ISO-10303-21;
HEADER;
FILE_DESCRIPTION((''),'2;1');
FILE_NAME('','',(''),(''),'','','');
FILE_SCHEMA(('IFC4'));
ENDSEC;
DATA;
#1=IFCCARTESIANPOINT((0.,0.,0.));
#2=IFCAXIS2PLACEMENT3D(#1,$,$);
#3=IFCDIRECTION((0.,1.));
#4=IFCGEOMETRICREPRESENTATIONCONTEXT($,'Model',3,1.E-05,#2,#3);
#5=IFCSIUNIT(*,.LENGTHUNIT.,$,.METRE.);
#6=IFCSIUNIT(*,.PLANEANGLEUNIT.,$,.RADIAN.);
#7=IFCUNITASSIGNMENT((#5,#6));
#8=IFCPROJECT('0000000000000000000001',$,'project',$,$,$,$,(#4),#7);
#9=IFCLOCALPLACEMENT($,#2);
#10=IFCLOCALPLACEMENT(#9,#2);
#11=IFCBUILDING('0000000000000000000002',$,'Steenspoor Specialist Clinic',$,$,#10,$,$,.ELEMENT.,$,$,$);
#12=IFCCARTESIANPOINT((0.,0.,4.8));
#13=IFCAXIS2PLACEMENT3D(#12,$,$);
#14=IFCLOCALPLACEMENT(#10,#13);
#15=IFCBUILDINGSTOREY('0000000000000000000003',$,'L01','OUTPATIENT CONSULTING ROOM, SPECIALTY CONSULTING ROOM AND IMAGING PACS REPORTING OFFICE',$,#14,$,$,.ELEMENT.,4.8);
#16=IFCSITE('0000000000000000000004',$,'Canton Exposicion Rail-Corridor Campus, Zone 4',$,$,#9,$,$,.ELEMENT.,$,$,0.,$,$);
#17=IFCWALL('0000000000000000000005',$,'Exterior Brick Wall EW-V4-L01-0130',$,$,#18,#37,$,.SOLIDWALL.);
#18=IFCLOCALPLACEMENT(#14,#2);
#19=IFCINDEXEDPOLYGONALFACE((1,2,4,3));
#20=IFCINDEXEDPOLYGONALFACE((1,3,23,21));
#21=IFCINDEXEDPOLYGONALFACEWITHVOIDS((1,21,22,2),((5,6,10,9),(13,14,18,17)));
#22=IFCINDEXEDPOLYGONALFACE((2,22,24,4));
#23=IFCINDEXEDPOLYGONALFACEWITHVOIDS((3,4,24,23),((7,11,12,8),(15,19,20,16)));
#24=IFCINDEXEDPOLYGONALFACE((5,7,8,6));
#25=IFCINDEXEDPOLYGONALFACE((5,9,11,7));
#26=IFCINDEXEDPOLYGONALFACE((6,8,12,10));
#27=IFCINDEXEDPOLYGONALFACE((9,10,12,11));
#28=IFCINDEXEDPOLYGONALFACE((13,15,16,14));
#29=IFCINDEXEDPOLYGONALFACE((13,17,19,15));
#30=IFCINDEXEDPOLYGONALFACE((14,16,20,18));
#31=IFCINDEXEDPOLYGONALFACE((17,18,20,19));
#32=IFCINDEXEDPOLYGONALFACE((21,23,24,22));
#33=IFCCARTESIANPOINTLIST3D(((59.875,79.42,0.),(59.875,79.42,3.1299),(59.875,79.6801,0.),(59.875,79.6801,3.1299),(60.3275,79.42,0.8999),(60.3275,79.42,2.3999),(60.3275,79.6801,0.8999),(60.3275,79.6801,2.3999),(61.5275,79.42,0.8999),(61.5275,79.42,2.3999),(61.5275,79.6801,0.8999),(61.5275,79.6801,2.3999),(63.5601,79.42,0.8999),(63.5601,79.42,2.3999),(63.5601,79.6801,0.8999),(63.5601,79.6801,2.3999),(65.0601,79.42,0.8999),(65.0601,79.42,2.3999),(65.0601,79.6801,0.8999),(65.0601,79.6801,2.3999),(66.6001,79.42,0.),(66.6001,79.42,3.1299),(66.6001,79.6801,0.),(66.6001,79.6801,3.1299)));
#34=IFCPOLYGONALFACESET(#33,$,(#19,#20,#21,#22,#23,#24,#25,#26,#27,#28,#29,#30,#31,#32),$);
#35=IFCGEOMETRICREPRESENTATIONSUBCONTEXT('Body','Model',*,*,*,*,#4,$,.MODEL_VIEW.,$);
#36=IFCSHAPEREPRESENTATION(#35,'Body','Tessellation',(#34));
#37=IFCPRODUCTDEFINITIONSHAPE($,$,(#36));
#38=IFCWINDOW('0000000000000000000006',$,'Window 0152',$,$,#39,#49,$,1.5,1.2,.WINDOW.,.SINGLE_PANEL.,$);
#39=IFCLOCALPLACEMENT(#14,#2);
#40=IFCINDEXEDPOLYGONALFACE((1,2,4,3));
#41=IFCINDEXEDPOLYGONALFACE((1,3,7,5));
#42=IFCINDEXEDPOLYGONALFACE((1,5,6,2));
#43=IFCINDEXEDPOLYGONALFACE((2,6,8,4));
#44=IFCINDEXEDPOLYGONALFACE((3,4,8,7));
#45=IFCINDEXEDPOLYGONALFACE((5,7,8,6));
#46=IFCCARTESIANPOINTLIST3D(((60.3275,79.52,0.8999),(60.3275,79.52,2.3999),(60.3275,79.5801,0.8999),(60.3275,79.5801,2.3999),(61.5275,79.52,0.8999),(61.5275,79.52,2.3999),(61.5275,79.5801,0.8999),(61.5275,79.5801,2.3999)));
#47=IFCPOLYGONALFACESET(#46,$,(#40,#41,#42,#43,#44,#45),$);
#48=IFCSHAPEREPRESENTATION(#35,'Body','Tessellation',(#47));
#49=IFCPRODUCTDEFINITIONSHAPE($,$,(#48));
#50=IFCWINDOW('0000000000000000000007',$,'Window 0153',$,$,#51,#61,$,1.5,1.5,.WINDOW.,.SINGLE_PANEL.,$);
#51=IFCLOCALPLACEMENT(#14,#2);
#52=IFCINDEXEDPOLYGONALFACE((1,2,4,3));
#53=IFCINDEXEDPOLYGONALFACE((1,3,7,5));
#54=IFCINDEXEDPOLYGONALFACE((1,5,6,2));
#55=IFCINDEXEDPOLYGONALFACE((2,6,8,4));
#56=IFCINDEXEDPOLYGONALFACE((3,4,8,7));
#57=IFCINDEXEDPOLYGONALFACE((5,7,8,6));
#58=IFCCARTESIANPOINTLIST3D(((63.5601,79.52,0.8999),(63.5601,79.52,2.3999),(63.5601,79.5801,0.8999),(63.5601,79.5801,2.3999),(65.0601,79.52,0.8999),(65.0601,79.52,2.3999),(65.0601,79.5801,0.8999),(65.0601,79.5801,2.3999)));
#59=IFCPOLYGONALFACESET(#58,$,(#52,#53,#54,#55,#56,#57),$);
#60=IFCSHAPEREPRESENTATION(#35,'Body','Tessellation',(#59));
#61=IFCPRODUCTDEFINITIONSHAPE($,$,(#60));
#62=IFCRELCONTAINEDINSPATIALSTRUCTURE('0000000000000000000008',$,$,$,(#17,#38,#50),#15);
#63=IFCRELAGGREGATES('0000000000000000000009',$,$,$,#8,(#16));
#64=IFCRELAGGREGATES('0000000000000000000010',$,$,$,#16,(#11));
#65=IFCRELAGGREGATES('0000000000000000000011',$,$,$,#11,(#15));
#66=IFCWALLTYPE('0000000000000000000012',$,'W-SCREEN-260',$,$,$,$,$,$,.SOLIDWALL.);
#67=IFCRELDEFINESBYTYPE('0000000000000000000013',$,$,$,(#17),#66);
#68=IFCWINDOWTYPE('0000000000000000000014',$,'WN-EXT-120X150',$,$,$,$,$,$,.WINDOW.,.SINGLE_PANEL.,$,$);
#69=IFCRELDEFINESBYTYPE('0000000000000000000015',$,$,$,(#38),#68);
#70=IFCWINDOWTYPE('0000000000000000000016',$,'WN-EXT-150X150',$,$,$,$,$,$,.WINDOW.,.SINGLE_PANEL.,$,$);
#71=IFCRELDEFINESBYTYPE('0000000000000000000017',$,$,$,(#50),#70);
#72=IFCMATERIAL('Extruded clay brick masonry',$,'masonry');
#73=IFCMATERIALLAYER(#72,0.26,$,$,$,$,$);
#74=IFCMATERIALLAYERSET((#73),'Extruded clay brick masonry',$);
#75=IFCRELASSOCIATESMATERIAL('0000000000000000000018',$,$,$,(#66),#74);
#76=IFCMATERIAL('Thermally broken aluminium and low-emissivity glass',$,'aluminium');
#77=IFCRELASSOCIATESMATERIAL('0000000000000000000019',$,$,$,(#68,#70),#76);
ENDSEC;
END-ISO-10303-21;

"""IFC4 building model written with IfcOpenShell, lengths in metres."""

from ifc_helpers import new_model, si_unit, direction, frame, frame_2d, origin, place, context, subcontext, project, spatial, rectangle, extrude, material, layer, layer_set, type_object, element, fill, save


model = new_model("IFC4")

# Units and contexts
model_context = context("Model", 3, precision=1e-05, world=origin(), true_north=direction((0.0, 1.0)))
body_context = subcontext(model_context, "Body", "Model", "MODEL_VIEW")
ifc_project = project(units=[si_unit("LENGTHUNIT", "METRE"), si_unit("PLANEANGLEUNIT", "RADIAN")], contexts=[model_context])

# Site, building, storey
site_placement = place(None, origin())
site = spatial("IfcSite", under=ifc_project, at=site_placement, Name="Canton Exposicion Rail-Corridor Campus, Zone 4", CompositionType="ELEMENT", RefElevation=0.0)
building_placement = place(site_placement, origin())
building = spatial("IfcBuilding", under=site, at=building_placement, Name="Steenspoor Specialist Clinic", CompositionType="ELEMENT")
storey_placement = place(building_placement, frame((0.0, 0.0, 4.8)))
storey = spatial("IfcBuildingStorey", under=building, at=storey_placement, Name="L01", Description="OUTPATIENT CONSULTING ROOM, SPECIALTY CONSULTING ROOM AND IMAGING PACS REPORTING OFFICE", CompositionType="ELEMENT", Elevation=4.8)

# Shared definitions
ifc_material_1 = material(Name="Thermally broken aluminium and low-emissivity glass", Category="aluminium")

# Wall, openings, windows
ifc_material_2 = material(Name="Extruded clay brick masonry", Category="masonry")
ifc_layer_1 = layer(ifc_material_2, 0.26)
ifc_layer_set_1 = layer_set([ifc_layer_1], Name="Extruded clay brick masonry")
wall_type = type_object("IfcWallType", Name="W-SCREEN-260", PredefinedType="SOLIDWALL", material=ifc_layer_set_1)
wall_placement = place(storey_placement, frame((59.875, 79.55, 0.0), z_axis=(0.0, 0.0, 1.0), x_axis=(1.0, 0.0, 0.0)))
wall = element("IfcWall", 1, at=wall_placement, inside=storey, type_object=wall_type, Name="Exterior Brick Wall EW-V4-L01-0130", PredefinedType="SOLIDWALL", context=body_context, shape_type="SweptSolid", body=[
    extrude(rectangle(XDim=6.7251, YDim=0.26, at=frame_2d((3.3625, 0.0))), origin(), (0.0, 0.0, 1.0), 3.1299),
])
opening_1_placement = place(wall_placement, frame((0.4524, 0.0, 0.8999)))
opening_1 = element("IfcOpeningElement", 2, at=opening_1_placement, cuts=wall, PredefinedType="OPENING", context=body_context, shape_type="SweptSolid", body=[
    extrude(rectangle(XDim=1.2, YDim=1.5, at=frame_2d((0.6001, 0.75))), frame((0.0, 0.1401, 0.0), z_axis=(0.0, -1.0, 0.0), x_axis=(1.0, 0.0, 0.0)), (0.0, 0.0, 1.0), 0.28),
])
opening_2_placement = place(wall_placement, frame((3.6851, 0.0, 0.8999)))
opening_2 = element("IfcOpeningElement", 3, at=opening_2_placement, cuts=wall, PredefinedType="OPENING", context=body_context, shape_type="SweptSolid", body=[
    extrude(rectangle(XDim=1.5, YDim=1.5, at=frame_2d((0.75, 0.75))), frame((0.0, 0.1401, 0.0), z_axis=(0.0, -1.0, 0.0), x_axis=(1.0, 0.0, 0.0)), (0.0, 0.0, 1.0), 0.28),
])
window_type_1 = type_object("IfcWindowType", Name="WN-EXT-120X150", PartitioningType="SINGLE_PANEL", PredefinedType="WINDOW", material=ifc_material_1)
window_1_placement = place(opening_1_placement, origin())
window_1 = element("IfcWindow", 4, at=window_1_placement, inside=storey, type_object=window_type_1, Name="Window 0152", OverallHeight=1.5, OverallWidth=1.2, PartitioningType="SINGLE_PANEL", PredefinedType="WINDOW", context=body_context, shape_type="SweptSolid", body=[
    extrude(rectangle(XDim=1.2, YDim=1.5, at=frame_2d((0.6001, 0.75))), frame((0.0, 0.03, 0.0), z_axis=(0.0, -1.0, 0.0), x_axis=(1.0, 0.0, 0.0)), (0.0, 0.0, 1.0), 0.0601),
])
fill(opening_1, window_1)
window_type_2 = type_object("IfcWindowType", Name="WN-EXT-150X150", PartitioningType="SINGLE_PANEL", PredefinedType="WINDOW", material=ifc_material_1)
window_2_placement = place(opening_2_placement, origin())
window_2 = element("IfcWindow", 5, at=window_2_placement, inside=storey, type_object=window_type_2, Name="Window 0153", OverallHeight=1.5, OverallWidth=1.5, PartitioningType="SINGLE_PANEL", PredefinedType="WINDOW", context=body_context, shape_type="SweptSolid", body=[
    extrude(rectangle(XDim=1.5, YDim=1.5, at=frame_2d((0.75, 0.75))), frame((0.0, 0.03, 0.0), z_axis=(0.0, -1.0, 0.0), x_axis=(1.0, 0.0, 0.0)), (0.0, 0.0, 1.0), 0.0601),
])
fill(opening_2, window_2)

save(model, "model.ifc")
